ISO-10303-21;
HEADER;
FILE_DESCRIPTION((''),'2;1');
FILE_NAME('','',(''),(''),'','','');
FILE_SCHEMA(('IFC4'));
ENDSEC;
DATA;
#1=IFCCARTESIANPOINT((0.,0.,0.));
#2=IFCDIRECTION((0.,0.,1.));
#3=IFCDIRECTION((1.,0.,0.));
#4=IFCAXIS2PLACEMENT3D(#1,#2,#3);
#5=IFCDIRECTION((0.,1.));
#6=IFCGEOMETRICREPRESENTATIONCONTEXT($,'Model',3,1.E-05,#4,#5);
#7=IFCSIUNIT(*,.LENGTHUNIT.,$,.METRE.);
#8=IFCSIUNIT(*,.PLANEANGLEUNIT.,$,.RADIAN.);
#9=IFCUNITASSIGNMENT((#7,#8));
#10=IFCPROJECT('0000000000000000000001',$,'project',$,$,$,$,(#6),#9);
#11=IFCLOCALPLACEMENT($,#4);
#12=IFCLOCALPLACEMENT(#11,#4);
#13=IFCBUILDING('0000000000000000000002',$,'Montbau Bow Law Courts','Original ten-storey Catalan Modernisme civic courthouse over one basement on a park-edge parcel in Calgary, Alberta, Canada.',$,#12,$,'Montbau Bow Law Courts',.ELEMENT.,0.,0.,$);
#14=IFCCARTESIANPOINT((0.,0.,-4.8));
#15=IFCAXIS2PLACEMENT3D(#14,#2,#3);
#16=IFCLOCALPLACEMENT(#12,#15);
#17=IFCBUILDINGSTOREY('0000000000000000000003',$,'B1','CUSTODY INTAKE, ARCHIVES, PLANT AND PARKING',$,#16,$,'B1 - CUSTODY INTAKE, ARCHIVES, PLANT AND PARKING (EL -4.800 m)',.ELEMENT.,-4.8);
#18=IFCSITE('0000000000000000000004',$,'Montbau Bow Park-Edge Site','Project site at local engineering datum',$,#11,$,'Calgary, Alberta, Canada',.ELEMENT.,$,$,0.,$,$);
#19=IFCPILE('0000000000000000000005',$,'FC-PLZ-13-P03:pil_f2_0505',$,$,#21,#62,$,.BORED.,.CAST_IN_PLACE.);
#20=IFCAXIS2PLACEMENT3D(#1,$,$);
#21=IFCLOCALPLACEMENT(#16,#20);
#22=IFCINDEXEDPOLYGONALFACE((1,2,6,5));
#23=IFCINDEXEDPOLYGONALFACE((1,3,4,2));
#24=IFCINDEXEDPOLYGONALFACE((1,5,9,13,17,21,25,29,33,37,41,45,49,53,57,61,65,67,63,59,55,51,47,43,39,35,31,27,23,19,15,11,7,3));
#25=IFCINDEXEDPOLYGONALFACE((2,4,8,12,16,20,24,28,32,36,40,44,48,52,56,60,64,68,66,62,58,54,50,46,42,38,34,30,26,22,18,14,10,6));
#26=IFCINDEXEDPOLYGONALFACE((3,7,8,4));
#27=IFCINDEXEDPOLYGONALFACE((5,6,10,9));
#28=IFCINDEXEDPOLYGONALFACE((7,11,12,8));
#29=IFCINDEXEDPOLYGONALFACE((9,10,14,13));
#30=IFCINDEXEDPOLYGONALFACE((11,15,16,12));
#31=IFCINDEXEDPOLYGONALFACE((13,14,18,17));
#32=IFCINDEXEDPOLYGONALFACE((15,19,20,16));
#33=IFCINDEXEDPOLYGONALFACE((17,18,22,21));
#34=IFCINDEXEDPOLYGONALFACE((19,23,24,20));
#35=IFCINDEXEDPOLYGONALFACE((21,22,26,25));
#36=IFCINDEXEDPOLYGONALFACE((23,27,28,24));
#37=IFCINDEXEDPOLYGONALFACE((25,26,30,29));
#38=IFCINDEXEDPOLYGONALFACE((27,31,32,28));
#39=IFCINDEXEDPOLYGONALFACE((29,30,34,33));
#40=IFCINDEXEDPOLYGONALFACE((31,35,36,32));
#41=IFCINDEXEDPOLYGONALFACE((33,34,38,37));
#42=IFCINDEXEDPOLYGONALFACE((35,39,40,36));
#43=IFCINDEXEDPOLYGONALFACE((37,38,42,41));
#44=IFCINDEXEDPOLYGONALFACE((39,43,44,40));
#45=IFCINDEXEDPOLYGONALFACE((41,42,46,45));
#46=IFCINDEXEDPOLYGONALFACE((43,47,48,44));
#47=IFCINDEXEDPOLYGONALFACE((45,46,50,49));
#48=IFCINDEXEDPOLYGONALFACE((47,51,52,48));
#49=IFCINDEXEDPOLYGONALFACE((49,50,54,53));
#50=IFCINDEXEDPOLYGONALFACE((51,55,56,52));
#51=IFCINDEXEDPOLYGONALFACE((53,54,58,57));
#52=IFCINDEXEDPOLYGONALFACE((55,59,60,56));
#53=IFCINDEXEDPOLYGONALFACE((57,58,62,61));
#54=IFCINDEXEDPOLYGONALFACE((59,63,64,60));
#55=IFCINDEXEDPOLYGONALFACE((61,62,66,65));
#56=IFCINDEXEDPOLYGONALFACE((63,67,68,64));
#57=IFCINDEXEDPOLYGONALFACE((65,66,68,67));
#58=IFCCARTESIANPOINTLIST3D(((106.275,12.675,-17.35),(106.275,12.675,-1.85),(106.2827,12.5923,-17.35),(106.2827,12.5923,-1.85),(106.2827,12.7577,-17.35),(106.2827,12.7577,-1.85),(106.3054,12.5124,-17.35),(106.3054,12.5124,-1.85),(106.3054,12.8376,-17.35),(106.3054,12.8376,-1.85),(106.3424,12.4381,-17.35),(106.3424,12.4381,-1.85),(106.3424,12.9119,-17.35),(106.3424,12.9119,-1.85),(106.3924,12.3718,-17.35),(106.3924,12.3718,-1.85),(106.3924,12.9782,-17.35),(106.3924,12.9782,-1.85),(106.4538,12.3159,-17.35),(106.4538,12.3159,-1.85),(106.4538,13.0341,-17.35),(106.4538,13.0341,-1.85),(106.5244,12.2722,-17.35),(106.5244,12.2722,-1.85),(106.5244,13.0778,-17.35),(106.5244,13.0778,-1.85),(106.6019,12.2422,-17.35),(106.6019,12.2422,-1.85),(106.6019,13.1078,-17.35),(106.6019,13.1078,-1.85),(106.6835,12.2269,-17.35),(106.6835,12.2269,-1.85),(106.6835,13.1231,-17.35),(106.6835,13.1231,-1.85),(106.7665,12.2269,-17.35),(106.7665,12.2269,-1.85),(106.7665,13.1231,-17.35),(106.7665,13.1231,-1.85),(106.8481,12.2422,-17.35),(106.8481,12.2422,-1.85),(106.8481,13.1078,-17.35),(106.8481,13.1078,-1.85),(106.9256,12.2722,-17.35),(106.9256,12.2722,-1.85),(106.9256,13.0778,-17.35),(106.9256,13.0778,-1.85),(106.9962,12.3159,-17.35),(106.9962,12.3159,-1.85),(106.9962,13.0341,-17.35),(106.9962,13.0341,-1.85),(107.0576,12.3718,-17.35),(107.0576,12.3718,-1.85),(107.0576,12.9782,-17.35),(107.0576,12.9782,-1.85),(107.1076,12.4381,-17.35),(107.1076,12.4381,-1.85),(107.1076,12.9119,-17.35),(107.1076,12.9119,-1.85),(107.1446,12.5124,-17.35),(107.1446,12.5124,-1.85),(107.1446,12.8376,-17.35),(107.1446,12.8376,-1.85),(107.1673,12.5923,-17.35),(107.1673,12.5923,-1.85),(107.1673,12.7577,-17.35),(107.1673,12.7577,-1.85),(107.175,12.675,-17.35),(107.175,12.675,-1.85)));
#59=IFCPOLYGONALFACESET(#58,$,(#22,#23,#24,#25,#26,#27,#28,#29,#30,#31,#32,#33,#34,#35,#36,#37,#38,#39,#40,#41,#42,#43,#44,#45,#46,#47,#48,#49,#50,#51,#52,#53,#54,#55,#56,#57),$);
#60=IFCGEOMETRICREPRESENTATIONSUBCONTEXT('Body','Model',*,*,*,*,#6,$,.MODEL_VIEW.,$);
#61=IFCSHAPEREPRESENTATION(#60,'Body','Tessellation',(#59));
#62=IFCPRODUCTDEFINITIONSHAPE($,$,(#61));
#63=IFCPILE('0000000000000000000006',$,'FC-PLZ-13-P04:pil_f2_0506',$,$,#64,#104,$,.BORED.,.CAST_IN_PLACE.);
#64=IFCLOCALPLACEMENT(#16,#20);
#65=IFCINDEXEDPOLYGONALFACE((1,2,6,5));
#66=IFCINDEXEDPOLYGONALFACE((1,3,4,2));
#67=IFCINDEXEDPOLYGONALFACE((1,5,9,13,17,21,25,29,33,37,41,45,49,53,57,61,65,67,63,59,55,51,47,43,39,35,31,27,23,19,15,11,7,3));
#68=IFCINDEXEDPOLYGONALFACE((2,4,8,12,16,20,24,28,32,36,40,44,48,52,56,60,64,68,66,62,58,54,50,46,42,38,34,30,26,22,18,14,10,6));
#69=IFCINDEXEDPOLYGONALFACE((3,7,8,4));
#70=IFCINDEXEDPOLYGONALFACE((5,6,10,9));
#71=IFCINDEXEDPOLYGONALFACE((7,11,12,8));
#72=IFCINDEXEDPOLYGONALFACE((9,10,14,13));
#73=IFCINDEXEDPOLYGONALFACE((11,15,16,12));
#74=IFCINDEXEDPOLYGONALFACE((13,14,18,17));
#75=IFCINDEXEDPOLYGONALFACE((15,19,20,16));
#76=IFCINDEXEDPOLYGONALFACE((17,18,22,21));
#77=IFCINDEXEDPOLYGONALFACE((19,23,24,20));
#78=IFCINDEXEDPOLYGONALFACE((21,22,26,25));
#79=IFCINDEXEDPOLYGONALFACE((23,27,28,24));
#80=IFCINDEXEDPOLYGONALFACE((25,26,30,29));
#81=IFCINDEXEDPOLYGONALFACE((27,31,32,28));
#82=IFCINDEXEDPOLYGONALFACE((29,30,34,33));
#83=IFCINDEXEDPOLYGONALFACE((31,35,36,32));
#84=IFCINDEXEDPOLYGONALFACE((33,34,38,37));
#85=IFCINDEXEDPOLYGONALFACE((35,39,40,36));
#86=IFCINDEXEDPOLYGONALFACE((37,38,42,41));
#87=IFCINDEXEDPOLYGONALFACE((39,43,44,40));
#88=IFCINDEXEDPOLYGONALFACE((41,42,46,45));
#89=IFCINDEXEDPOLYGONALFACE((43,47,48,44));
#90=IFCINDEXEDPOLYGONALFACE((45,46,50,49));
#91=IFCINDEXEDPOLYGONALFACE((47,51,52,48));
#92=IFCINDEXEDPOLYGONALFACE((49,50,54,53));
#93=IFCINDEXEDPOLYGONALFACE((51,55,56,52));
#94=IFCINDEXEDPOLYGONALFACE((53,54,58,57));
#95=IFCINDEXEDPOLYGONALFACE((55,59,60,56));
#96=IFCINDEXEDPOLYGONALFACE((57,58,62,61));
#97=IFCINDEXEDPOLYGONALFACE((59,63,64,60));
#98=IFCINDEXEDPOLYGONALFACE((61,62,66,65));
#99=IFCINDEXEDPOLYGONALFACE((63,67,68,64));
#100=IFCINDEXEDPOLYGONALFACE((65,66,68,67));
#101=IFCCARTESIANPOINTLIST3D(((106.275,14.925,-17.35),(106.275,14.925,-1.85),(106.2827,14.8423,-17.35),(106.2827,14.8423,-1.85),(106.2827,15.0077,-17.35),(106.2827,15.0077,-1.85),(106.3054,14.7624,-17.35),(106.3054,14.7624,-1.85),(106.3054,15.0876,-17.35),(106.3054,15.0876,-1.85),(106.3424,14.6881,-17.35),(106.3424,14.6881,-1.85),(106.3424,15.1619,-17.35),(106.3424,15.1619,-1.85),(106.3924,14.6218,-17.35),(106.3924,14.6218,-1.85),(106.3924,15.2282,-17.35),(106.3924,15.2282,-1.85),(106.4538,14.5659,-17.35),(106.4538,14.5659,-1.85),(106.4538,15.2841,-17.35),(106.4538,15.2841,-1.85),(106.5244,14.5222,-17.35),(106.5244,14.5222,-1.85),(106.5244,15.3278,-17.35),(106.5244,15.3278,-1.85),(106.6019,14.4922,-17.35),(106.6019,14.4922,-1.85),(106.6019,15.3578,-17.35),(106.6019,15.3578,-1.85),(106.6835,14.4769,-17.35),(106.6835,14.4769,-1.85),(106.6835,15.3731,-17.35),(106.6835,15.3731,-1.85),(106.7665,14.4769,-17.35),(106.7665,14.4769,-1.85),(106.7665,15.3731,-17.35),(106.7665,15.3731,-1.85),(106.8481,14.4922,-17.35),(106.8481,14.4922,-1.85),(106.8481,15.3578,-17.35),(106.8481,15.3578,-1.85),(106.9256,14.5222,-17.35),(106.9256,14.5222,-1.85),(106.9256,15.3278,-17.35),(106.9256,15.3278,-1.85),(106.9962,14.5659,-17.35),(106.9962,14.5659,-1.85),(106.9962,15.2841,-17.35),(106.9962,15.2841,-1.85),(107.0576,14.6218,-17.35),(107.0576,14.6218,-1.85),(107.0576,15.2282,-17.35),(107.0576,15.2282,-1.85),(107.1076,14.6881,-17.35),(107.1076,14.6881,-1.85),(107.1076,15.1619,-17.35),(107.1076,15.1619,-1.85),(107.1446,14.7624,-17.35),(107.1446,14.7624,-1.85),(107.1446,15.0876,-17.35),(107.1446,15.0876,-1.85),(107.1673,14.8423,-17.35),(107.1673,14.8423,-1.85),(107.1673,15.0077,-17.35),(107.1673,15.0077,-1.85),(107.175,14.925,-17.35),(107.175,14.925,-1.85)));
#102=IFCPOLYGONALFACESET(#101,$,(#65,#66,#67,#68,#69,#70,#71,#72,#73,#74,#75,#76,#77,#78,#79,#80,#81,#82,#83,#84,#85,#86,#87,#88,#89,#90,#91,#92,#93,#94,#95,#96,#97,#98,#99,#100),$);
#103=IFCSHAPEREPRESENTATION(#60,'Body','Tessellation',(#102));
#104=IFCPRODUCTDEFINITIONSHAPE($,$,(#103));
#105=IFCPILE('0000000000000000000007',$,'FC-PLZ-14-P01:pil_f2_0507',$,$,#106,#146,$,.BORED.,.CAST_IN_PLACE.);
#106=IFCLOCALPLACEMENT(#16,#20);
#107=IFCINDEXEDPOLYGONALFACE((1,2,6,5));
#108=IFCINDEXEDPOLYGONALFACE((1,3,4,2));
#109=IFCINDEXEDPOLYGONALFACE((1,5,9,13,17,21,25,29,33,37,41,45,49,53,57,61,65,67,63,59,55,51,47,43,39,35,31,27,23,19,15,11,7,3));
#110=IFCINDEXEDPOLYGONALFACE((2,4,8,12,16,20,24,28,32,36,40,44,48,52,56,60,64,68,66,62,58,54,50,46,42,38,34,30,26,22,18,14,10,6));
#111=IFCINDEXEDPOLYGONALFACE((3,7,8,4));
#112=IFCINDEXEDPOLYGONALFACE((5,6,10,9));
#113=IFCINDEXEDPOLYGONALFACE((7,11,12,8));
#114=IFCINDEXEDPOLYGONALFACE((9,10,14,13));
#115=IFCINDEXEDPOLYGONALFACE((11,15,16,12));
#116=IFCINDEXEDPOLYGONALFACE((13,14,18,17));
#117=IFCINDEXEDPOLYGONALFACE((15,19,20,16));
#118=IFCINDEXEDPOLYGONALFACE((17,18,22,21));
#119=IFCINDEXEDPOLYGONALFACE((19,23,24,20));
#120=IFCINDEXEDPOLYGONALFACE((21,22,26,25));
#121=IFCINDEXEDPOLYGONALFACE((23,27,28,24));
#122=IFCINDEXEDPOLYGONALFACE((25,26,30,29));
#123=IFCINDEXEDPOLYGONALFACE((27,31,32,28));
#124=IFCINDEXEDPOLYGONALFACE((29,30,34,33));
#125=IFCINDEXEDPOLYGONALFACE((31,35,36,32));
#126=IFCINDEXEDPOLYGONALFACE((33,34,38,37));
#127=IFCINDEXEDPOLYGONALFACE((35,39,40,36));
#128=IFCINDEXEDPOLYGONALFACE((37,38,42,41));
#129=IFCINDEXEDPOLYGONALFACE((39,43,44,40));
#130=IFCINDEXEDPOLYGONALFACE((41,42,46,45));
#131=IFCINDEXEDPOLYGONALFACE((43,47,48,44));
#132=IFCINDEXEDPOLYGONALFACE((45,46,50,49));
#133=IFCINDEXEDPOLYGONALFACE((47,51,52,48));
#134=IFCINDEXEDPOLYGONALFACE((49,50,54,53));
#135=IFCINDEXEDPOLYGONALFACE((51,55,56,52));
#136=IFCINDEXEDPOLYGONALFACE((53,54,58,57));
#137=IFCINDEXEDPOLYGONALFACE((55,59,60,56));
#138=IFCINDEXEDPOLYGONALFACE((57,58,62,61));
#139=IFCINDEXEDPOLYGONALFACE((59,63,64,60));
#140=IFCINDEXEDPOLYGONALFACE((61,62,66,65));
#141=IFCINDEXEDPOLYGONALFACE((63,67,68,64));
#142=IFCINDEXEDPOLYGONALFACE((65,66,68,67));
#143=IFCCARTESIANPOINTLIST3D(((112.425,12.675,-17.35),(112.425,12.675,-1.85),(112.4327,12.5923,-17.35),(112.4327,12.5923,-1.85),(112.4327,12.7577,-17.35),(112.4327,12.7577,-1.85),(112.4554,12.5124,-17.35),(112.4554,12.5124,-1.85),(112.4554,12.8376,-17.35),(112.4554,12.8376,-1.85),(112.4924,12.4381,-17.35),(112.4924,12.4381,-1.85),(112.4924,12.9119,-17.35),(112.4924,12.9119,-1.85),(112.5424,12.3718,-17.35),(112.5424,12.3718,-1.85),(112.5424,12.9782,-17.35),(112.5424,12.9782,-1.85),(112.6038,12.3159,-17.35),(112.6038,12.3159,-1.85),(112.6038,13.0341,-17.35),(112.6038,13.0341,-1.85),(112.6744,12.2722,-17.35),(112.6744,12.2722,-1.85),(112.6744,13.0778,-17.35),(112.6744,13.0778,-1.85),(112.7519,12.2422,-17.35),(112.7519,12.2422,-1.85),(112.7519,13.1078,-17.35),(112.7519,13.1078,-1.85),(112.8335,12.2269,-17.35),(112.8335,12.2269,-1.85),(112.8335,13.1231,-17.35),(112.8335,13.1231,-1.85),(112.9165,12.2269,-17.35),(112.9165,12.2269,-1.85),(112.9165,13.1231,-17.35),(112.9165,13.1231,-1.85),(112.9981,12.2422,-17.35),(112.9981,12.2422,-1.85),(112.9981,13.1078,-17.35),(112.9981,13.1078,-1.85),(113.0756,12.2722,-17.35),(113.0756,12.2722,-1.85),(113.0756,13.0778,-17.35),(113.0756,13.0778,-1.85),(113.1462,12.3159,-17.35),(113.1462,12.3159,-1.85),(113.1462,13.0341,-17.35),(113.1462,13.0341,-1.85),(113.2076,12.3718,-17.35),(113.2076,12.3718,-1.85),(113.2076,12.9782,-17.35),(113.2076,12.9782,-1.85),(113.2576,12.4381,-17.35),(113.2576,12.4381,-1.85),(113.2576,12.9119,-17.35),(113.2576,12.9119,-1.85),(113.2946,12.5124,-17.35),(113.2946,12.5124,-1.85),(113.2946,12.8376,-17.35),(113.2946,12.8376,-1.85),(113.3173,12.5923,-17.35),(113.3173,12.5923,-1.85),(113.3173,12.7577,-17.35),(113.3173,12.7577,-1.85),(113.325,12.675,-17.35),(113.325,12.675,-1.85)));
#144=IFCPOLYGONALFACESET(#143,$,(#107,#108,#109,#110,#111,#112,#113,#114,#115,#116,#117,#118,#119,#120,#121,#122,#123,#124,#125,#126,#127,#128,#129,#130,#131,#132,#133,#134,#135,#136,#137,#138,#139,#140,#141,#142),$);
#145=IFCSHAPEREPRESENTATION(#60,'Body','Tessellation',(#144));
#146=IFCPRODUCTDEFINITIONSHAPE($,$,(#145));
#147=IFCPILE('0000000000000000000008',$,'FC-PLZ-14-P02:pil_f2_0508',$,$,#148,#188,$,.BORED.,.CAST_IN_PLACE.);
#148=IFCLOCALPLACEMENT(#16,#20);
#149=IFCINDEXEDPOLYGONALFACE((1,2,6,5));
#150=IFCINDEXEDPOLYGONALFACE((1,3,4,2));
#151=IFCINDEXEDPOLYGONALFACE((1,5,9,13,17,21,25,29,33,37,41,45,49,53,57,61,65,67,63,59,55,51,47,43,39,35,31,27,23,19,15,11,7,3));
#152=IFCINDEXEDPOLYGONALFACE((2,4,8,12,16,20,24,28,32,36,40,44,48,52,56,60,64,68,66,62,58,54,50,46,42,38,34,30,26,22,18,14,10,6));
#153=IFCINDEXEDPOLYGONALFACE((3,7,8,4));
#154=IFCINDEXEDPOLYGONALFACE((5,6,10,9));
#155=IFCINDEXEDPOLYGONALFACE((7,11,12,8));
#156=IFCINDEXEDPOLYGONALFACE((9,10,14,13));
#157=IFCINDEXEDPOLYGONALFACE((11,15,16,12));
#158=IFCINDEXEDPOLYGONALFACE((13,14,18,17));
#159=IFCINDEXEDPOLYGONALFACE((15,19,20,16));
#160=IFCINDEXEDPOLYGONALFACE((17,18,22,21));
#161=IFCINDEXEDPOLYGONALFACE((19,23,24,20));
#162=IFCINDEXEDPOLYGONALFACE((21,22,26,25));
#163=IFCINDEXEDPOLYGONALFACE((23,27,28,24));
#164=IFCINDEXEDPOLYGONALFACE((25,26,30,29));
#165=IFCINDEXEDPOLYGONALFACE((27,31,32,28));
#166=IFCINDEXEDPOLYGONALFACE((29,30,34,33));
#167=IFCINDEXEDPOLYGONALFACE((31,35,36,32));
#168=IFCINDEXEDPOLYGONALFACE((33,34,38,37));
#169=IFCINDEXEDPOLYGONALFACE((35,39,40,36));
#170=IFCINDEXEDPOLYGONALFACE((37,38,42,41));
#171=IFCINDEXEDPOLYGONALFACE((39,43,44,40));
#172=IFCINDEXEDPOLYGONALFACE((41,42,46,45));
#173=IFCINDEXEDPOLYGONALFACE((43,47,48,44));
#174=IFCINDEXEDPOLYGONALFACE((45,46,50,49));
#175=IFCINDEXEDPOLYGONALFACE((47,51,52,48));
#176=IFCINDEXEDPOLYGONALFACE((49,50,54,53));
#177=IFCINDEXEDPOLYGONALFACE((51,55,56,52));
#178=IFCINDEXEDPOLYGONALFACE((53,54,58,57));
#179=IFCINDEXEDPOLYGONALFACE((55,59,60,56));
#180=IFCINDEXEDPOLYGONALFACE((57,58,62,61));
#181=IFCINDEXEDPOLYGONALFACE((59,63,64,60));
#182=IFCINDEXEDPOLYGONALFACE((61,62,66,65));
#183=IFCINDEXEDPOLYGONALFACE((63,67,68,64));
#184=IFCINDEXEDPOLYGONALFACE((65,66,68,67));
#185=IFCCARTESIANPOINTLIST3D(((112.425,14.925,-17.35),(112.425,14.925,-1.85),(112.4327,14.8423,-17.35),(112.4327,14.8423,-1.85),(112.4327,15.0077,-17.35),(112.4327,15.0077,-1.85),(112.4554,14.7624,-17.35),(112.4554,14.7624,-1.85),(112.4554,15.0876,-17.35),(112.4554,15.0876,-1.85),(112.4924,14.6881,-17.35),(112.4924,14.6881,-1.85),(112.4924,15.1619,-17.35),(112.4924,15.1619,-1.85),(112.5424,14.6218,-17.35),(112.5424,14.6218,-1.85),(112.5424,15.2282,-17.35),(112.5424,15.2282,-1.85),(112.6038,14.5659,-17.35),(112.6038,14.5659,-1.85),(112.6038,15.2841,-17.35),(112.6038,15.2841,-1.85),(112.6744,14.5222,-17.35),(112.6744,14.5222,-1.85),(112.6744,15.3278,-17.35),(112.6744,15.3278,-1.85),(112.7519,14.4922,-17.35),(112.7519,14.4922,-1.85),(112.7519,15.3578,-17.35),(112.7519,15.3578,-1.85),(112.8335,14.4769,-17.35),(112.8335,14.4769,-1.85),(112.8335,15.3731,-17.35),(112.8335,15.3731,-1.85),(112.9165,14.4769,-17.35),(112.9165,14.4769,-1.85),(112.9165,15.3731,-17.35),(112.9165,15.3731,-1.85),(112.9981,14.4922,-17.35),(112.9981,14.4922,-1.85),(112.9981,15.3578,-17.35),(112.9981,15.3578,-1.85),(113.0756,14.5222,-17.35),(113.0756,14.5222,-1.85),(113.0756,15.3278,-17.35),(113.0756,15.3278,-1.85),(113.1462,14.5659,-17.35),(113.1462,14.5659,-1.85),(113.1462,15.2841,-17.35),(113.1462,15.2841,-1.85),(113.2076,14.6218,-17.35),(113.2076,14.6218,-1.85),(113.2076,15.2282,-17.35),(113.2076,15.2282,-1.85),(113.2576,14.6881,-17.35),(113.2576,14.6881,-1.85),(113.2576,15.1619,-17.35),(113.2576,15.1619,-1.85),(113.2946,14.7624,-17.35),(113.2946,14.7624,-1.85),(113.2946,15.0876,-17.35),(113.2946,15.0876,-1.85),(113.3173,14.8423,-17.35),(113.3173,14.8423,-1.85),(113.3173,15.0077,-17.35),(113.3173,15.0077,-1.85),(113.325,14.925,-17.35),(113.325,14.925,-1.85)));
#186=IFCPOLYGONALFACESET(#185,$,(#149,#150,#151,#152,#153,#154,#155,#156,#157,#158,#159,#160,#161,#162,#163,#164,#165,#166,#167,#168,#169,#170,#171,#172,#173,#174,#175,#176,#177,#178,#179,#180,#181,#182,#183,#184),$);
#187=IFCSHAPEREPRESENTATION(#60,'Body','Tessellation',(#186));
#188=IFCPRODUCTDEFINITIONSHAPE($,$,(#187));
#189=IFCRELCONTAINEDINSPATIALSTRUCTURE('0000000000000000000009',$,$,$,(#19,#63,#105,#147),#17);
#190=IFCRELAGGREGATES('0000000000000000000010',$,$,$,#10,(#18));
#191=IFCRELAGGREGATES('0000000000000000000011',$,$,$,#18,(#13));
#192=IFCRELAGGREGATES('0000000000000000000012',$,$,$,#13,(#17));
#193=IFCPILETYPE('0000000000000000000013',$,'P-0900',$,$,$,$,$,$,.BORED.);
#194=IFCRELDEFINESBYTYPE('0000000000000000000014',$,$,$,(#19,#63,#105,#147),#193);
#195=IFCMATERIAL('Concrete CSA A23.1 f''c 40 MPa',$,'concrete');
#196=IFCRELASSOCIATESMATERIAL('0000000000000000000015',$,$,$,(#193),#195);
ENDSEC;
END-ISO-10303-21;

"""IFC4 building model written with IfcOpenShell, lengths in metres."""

from ifc_helpers import new_model, si_unit, direction, frame, origin_with_axes, origin_2d_with_axis, place, context, subcontext, project, spatial, circle, extrude, material, material_profile, profile_set, type_object, element, save


model = new_model("IFC4")

# Units and contexts
model_context = context("Model", 3, precision=1e-05, world=origin_with_axes(), true_north=direction((0.0, 1.0)))
body_context = subcontext(model_context, "Body", "Model", "MODEL_VIEW")
ifc_project = project(units=[si_unit("LENGTHUNIT", "METRE"), si_unit("PLANEANGLEUNIT", "RADIAN")], contexts=[model_context])

# Site, building, storey
site_placement = place(None, origin_with_axes())
site = spatial("IfcSite", under=ifc_project, at=site_placement, Name="Montbau Bow Park-Edge Site", Description="Project site at local engineering datum", LongName="Calgary, Alberta, Canada", CompositionType="ELEMENT", RefElevation=0.0)
building_placement = place(site_placement, origin_with_axes())
building = spatial("IfcBuilding", under=site, at=building_placement, Name="Montbau Bow Law Courts", Description="Original ten-storey Catalan Modernisme civic courthouse over one basement on a park-edge parcel in Calgary, Alberta, Canada.", LongName="Montbau Bow Law Courts", CompositionType="ELEMENT", ElevationOfRefHeight=0.0, ElevationOfTerrain=0.0)
storey_placement = place(building_placement, frame((0.0, 0.0, -4.8), z_axis=(0.0, 0.0, 1.0), x_axis=(1.0, 0.0, 0.0)))
storey = spatial("IfcBuildingStorey", under=building, at=storey_placement, Name="B1", Description="CUSTODY INTAKE, ARCHIVES, PLANT AND PARKING", LongName="B1 - CUSTODY INTAKE, ARCHIVES, PLANT AND PARKING (EL -4.800 m)", CompositionType="ELEMENT", Elevation=-4.8)

# Piles
ifc_material_1 = material(Name="Concrete CSA A23.1 f'c 40 MPa", Category="concrete")
ifc_material_profile_1 = material_profile(ifc_material_1, circle(Radius=0.45, at=origin_2d_with_axis()), Name="BP900", Category="Main", Priority=0)
ifc_profile_set_1 = profile_set([ifc_material_profile_1], Name="Concrete CSA A23.1 f'c 40 MPa")
pile_type_1 = type_object("IfcPileType", Name="P-0900", PredefinedType="BORED", material=ifc_profile_set_1)
for number, where, z_axis, x_axis, name in (
    (1, (106.725, 12.675, -22.15), (0.0, 0.0, 1.0), (1.0, 0.0, 0.0), "FC-PLZ-13-P03:pil_f2_0505"),
    (2, (106.725, 14.925, -22.15), (0.0, 0.0, 1.0), (1.0, 0.0, 0.0), "FC-PLZ-13-P04:pil_f2_0506"),
    (3, (112.875, 12.675, -22.15), (0.0, 0.0, 1.0), (1.0, 0.0, 0.0), "FC-PLZ-14-P01:pil_f2_0507"),
    (4, (112.875, 14.925, -22.15), (0.0, 0.0, 1.0), (1.0, 0.0, 0.0), "FC-PLZ-14-P02:pil_f2_0508"),
):
    element("IfcPile", number, at=place(None, frame(where, z_axis=z_axis, x_axis=x_axis)), inside=storey, type_object=pile_type_1, Name=name, ConstructionType="CAST_IN_PLACE", PredefinedType="BORED", context=body_context, shape_type="SweptSolid", body=[
        extrude(circle(Radius=0.45, at=origin_2d_with_axis()), origin_with_axes(), (0.0, 0.0, 1.0), 15.5),
    ])

save(model, "model.ifc")
